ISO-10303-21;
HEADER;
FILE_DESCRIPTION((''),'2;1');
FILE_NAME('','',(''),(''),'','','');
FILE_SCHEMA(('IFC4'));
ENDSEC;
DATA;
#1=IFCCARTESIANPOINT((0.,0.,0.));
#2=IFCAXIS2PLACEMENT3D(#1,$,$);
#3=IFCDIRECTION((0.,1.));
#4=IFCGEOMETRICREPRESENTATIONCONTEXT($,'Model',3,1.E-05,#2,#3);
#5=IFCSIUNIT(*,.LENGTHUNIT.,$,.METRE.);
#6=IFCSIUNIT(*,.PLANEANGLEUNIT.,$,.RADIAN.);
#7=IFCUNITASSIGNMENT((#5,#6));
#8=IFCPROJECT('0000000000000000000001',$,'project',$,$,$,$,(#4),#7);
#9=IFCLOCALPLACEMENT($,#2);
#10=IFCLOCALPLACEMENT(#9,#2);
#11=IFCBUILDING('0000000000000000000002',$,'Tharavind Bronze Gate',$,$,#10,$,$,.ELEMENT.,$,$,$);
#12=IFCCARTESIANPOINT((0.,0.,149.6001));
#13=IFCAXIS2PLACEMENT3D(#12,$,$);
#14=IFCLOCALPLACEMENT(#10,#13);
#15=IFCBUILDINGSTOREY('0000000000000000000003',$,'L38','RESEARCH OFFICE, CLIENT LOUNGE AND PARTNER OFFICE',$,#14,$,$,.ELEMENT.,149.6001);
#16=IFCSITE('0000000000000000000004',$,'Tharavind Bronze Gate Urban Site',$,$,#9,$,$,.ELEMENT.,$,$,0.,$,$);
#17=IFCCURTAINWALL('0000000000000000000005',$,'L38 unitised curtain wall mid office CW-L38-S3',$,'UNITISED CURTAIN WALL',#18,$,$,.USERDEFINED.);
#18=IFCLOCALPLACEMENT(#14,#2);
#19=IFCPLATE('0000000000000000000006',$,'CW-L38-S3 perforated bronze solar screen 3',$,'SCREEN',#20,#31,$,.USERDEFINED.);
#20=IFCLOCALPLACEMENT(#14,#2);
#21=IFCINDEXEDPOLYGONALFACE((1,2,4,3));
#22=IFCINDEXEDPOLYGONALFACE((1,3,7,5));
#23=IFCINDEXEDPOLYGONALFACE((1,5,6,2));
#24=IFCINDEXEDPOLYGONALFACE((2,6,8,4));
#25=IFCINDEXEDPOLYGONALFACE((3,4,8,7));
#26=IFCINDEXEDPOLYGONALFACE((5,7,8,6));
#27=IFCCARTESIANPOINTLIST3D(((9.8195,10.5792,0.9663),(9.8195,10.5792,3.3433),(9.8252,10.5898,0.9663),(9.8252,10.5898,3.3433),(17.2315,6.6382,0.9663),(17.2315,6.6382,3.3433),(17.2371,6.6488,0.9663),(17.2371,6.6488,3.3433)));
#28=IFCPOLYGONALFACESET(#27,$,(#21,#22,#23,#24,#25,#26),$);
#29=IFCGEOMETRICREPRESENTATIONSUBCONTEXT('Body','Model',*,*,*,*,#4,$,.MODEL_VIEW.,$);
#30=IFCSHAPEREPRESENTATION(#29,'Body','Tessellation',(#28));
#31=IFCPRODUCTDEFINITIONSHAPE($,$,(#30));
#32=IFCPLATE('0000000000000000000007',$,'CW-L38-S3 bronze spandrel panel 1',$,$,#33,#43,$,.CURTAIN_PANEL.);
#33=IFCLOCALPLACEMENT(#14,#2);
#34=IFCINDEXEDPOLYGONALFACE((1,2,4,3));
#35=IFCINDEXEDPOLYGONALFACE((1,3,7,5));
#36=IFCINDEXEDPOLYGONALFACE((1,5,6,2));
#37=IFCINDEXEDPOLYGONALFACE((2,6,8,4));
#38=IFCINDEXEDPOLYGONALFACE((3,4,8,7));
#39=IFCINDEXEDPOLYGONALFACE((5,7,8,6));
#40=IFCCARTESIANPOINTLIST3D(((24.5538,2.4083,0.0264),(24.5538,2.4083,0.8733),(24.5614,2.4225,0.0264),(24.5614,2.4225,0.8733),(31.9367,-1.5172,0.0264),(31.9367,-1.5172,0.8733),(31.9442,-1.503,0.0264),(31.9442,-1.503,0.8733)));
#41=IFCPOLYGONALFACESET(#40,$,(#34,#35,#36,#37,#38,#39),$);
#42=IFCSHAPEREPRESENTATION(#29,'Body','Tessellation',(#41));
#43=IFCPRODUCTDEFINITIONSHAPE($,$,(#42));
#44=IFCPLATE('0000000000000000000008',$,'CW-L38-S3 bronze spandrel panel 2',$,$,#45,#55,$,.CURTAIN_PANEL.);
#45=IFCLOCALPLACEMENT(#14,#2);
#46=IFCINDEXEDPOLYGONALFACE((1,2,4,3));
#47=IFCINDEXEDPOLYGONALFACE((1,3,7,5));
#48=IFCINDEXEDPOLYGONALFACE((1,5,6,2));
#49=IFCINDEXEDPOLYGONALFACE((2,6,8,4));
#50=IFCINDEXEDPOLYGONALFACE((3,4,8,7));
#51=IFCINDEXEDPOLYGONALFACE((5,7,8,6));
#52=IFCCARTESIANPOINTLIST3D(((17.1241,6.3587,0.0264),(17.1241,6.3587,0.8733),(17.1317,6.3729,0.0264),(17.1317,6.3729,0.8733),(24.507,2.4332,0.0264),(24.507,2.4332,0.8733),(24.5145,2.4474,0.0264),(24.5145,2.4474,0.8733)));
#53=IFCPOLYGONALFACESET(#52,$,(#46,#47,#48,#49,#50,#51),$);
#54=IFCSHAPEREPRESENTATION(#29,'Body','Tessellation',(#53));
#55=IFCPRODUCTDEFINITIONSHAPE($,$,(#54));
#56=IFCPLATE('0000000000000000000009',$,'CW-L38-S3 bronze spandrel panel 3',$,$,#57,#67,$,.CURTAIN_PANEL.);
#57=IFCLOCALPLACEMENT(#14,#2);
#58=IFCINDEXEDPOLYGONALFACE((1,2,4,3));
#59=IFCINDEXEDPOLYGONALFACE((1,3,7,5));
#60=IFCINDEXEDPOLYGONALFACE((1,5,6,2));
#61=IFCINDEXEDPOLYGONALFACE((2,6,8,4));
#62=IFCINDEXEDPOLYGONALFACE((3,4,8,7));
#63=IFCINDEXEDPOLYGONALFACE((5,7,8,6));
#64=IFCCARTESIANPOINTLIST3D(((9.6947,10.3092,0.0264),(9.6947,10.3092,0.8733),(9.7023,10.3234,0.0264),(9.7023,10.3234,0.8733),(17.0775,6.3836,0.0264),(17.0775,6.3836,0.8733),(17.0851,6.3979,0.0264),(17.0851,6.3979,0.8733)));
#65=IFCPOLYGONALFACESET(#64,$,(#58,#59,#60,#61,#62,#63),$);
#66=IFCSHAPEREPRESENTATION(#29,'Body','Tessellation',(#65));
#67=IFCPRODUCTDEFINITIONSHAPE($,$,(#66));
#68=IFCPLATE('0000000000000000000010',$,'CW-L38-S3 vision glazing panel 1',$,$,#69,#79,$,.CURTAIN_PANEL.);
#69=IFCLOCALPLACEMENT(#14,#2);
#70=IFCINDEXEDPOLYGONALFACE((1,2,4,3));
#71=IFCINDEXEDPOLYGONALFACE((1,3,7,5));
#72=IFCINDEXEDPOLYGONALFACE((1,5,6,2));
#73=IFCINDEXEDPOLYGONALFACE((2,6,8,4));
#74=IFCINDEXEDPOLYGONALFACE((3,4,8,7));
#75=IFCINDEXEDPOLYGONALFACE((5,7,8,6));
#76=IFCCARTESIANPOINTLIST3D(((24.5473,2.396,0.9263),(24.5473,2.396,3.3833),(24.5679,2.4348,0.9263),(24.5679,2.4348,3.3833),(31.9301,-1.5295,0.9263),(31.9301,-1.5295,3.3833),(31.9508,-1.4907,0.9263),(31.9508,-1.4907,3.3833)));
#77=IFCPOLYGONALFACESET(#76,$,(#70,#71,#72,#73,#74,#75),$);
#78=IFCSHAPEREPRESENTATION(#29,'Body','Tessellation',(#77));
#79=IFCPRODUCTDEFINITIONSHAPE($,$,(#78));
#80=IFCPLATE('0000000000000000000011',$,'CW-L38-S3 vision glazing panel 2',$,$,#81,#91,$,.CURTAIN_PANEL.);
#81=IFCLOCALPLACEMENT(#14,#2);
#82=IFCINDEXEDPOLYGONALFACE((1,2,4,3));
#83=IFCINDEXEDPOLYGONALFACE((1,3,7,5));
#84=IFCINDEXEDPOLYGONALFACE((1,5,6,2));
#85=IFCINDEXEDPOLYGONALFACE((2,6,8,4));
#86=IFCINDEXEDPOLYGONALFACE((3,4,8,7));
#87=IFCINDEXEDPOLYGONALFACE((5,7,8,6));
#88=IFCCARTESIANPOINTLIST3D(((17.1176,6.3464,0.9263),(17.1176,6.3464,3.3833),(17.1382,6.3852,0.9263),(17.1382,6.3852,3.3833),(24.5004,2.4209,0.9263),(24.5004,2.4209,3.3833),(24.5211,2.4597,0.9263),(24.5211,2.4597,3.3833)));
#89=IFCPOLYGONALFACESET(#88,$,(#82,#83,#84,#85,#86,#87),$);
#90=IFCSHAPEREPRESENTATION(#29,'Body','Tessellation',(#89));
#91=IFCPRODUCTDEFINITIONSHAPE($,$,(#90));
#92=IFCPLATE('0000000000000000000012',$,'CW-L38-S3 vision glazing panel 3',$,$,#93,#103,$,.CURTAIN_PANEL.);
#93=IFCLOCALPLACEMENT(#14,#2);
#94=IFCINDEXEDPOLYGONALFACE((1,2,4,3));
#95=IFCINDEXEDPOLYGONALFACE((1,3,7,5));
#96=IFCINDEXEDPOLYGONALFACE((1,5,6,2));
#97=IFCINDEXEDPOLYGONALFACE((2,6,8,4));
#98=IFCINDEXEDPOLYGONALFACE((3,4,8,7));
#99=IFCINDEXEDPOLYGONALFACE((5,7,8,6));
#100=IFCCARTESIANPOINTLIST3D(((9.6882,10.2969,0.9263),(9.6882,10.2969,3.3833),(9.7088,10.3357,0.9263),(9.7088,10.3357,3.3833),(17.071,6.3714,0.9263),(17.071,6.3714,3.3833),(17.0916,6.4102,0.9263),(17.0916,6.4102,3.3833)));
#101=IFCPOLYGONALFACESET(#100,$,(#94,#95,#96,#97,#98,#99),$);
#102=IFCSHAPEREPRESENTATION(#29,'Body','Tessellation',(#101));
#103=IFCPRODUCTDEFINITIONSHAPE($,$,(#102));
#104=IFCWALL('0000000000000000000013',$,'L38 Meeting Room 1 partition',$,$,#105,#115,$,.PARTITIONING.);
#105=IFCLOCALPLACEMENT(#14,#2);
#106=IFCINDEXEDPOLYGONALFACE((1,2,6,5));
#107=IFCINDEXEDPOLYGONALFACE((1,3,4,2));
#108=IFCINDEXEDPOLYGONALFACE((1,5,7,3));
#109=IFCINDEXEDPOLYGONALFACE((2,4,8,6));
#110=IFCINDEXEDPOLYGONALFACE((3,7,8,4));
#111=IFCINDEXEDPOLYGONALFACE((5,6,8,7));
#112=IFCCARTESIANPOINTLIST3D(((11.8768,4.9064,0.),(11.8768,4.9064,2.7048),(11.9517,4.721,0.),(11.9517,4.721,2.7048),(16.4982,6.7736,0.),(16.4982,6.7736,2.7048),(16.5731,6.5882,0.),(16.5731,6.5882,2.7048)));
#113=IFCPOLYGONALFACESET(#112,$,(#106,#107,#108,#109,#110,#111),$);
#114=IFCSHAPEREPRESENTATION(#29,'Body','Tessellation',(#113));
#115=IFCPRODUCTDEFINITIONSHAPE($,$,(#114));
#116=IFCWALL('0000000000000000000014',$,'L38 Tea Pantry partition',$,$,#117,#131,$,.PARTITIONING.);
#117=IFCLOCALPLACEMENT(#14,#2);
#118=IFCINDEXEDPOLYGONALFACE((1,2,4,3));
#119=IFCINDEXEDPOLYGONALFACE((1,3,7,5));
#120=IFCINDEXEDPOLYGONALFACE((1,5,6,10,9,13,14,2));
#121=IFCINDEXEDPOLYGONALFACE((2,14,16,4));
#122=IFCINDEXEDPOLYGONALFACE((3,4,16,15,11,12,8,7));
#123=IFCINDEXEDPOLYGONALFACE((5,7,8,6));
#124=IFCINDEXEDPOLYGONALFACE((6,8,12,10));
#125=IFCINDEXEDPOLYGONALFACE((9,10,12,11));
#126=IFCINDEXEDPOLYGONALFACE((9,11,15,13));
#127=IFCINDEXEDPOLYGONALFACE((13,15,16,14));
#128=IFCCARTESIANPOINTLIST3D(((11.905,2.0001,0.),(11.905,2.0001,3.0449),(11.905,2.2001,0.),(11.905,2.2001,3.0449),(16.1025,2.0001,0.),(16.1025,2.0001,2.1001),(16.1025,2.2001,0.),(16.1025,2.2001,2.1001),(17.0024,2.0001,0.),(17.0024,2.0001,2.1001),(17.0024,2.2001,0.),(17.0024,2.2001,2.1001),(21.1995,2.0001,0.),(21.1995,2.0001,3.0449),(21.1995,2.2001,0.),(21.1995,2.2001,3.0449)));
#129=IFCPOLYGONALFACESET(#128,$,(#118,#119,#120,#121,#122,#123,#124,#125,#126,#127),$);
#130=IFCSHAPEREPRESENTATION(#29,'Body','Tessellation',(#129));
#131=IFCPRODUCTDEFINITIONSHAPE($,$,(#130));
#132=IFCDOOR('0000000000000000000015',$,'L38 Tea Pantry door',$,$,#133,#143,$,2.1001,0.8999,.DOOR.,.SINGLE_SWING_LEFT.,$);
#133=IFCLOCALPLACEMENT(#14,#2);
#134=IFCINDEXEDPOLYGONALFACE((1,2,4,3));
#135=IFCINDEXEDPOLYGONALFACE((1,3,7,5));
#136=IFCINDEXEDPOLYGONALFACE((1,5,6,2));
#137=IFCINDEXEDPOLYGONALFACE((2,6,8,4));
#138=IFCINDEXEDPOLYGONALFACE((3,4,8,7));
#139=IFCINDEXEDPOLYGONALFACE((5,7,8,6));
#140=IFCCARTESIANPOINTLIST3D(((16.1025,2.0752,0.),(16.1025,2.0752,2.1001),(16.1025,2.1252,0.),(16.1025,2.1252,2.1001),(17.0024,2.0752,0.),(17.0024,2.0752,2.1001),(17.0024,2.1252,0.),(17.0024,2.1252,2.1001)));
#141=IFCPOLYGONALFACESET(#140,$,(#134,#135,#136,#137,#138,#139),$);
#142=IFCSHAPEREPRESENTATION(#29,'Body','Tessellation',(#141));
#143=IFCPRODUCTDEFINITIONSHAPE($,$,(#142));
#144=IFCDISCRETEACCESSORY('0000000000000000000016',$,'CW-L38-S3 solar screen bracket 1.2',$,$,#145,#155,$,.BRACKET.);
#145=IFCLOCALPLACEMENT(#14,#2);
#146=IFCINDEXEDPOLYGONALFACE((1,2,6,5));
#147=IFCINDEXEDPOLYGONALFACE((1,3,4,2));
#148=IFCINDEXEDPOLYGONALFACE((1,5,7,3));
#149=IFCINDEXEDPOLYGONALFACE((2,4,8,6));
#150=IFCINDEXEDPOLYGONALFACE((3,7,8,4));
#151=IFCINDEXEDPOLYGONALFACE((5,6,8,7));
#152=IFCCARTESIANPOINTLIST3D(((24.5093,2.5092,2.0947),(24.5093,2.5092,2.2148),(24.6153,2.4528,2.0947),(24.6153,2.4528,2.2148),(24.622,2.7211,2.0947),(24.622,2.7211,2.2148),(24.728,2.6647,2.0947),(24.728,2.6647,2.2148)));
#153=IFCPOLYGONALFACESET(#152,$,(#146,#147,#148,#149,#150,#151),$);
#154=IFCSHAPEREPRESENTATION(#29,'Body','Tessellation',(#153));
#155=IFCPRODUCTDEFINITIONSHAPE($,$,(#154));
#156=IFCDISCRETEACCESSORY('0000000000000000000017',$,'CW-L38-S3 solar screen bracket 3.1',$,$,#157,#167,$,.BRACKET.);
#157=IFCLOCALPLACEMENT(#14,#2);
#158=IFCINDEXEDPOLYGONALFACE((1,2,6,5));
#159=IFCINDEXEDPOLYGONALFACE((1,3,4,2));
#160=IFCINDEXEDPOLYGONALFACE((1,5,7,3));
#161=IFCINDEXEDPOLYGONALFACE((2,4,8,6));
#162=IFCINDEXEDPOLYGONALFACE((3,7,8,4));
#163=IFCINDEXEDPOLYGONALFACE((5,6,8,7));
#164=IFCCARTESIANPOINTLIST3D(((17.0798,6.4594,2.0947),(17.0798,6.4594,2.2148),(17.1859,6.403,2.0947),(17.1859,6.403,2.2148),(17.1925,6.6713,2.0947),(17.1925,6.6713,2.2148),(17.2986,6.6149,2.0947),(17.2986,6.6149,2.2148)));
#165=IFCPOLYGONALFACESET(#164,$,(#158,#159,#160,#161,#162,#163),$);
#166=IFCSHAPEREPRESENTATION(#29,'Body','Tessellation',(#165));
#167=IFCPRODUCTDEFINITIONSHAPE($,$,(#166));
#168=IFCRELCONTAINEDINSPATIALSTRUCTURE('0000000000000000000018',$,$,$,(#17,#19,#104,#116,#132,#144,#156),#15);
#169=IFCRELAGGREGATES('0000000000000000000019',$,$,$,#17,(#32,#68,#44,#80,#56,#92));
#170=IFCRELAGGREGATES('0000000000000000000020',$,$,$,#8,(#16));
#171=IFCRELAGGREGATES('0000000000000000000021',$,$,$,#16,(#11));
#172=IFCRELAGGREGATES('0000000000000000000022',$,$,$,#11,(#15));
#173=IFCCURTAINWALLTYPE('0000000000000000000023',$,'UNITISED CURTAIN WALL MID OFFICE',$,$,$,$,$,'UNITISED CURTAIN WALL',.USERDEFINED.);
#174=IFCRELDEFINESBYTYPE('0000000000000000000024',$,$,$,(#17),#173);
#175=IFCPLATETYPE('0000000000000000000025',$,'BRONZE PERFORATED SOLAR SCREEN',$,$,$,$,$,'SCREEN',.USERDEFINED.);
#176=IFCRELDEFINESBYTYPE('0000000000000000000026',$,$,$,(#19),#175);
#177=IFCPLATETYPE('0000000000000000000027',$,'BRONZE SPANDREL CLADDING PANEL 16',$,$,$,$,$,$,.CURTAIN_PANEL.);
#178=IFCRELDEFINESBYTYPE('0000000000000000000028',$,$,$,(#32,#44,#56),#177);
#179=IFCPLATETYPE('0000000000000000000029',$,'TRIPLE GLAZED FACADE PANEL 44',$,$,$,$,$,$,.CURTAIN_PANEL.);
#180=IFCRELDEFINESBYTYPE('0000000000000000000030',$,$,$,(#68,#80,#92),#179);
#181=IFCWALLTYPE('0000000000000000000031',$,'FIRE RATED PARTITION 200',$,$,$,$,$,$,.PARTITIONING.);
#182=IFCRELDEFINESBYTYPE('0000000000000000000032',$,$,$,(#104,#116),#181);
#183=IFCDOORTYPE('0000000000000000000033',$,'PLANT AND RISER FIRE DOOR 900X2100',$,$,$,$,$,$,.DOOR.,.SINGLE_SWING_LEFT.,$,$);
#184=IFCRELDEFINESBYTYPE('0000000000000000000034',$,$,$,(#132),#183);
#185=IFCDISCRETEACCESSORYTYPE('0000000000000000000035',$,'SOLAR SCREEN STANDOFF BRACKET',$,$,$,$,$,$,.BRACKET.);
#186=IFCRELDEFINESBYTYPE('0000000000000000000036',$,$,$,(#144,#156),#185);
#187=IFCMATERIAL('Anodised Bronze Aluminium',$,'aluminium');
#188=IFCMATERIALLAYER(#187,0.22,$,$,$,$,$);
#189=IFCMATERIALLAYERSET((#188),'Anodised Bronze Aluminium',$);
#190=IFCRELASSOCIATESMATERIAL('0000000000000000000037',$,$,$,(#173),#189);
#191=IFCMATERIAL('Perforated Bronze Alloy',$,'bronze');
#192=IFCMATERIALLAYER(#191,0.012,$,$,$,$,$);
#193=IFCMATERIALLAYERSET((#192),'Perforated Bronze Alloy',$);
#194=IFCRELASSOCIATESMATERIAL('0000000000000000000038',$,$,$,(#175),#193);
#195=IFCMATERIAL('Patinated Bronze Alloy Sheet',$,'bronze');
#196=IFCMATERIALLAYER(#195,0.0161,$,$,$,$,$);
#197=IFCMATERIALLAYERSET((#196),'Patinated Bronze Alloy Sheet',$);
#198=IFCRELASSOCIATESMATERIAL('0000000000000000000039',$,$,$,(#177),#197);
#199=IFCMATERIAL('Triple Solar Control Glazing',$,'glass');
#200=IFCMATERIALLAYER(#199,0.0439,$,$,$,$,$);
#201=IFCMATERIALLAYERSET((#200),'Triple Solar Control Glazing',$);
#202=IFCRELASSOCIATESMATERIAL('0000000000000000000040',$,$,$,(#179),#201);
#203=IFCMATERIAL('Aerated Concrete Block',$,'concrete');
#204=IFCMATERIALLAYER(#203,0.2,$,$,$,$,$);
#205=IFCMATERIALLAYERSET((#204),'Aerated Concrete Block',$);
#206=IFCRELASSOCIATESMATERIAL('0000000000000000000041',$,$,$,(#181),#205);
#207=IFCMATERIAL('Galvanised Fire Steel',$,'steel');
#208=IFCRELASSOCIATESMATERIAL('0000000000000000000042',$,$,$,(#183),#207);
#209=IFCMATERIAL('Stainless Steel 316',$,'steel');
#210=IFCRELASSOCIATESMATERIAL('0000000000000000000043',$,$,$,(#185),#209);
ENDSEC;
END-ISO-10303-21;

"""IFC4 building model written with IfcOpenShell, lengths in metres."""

from ifc_helpers import new_model, si_unit, direction, frame, frame_2d, origin, origin_2d, place, context, subcontext, project, spatial, rectangle, extrude, material, layer, layer_set, type_object, element, fill, aggregate, save


model = new_model("IFC4")

# Units and contexts
model_context = context("Model", 3, precision=1e-05, world=origin(), true_north=direction((0.0, 1.0)))
body_context = subcontext(model_context, "Body", "Model", "MODEL_VIEW")
ifc_project = project(units=[si_unit("LENGTHUNIT", "METRE"), si_unit("PLANEANGLEUNIT", "RADIAN")], contexts=[model_context])

# Site, building, storey
site_placement = place(None, origin())
site = spatial("IfcSite", under=ifc_project, at=site_placement, Name="Tharavind Bronze Gate Urban Site", CompositionType="ELEMENT", RefElevation=0.0)
building_placement = place(site_placement, origin())
building = spatial("IfcBuilding", under=site, at=building_placement, Name="Tharavind Bronze Gate", CompositionType="ELEMENT")
storey_placement = place(building_placement, frame((0.0, 0.0, 149.6001)))
storey = spatial("IfcBuildingStorey", under=building, at=storey_placement, Name="L38", Description="RESEARCH OFFICE, CLIENT LOUNGE AND PARTNER OFFICE", CompositionType="ELEMENT", Elevation=149.6001)

# Curtain wall
ifc_material_1 = material(Name="Anodised Bronze Aluminium", Category="aluminium")
ifc_layer_1 = layer(ifc_material_1, 0.22)
ifc_layer_set_1 = layer_set([ifc_layer_1], Name="Anodised Bronze Aluminium")
curtain_wall_type = type_object("IfcCurtainWallType", Name="UNITISED CURTAIN WALL MID OFFICE", ElementType="UNITISED CURTAIN WALL", PredefinedType="USERDEFINED", material=ifc_layer_set_1)
curtain_wall_placement = place(storey_placement, origin())
curtain_wall = element("IfcCurtainWall", 1, at=curtain_wall_placement, inside=storey, type_object=curtain_wall_type, Name="L38 unitised curtain wall mid office CW-L38-S3", ObjectType="UNITISED CURTAIN WALL", PredefinedType="USERDEFINED")

# Plate
ifc_material_2 = material(Name="Perforated Bronze Alloy", Category="bronze")
ifc_layer_2 = layer(ifc_material_2, 0.012)
ifc_layer_set_2 = layer_set([ifc_layer_2], Name="Perforated Bronze Alloy")
plate_type_1 = type_object("IfcPlateType", Name="BRONZE PERFORATED SOLAR SCREEN", ElementType="SCREEN", PredefinedType="USERDEFINED", material=ifc_layer_set_2)
for number, where, z_axis, x_axis, name in (
    (2, (13.5283, 8.614, 0.9663), (0.0, 0.0, 1.0), (-0.882948, 0.469472, 0.0), "CW-L38-S3 perforated bronze solar screen 3"),
):
    element("IfcPlate", number, at=place(storey_placement, frame(where, z_axis=z_axis, x_axis=x_axis)), inside=storey, type_object=plate_type_1, Name=name, ObjectType="SCREEN", PredefinedType="USERDEFINED", context=body_context, shape_type="SweptSolid", body=[
        extrude(rectangle(XDim=8.3945, YDim=0.012, at=origin_2d()), origin(), (0.0, 0.0, 1.0), 2.377),
    ])

# Plates
ifc_material_3 = material(Name="Patinated Bronze Alloy Sheet", Category="bronze")
ifc_layer_3 = layer(ifc_material_3, 0.0161)
ifc_layer_set_3 = layer_set([ifc_layer_3], Name="Patinated Bronze Alloy Sheet")
plate_type_2 = type_object("IfcPlateType", Name="BRONZE SPANDREL CLADDING PANEL 16", PredefinedType="CURTAIN_PANEL", material=ifc_layer_set_3)
plate_1_placement = place(storey_placement, frame((28.249, 0.4526, 0.0264), z_axis=(0.0, 0.0, 1.0), x_axis=(-0.882948, 0.469472, 0.0)))
plate_1 = element("IfcPlate", 3, at=plate_1_placement, type_object=plate_type_2, Name="CW-L38-S3 bronze spandrel panel 1", PredefinedType="CURTAIN_PANEL", context=body_context, shape_type="SweptSolid", body=[
    extrude(rectangle(XDim=8.3616, YDim=0.0161, at=origin_2d()), origin(), (0.0, 0.0, 1.0), 0.8469),
])
plate_2_placement = place(storey_placement, frame((20.8193, 4.4031, 0.0264), z_axis=(0.0, 0.0, 1.0), x_axis=(-0.882948, 0.469472, 0.0)))
plate_2 = element("IfcPlate", 4, at=plate_2_placement, type_object=plate_type_2, Name="CW-L38-S3 bronze spandrel panel 2", PredefinedType="CURTAIN_PANEL", context=body_context, shape_type="SweptSolid", body=[
    extrude(rectangle(XDim=8.3616, YDim=0.0161, at=origin_2d()), origin(), (0.0, 0.0, 1.0), 0.8469),
])
plate_3_placement = place(storey_placement, frame((13.3899, 8.3535, 0.0264), z_axis=(0.0, 0.0, 1.0), x_axis=(-0.882948, 0.469472, 0.0)))
plate_3 = element("IfcPlate", 5, at=plate_3_placement, type_object=plate_type_2, Name="CW-L38-S3 bronze spandrel panel 3", PredefinedType="CURTAIN_PANEL", context=body_context, shape_type="SweptSolid", body=[
    extrude(rectangle(XDim=8.3616, YDim=0.0161, at=origin_2d()), origin(), (0.0, 0.0, 1.0), 0.8469),
])
ifc_material_4 = material(Name="Triple Solar Control Glazing", Category="glass")
ifc_layer_4 = layer(ifc_material_4, 0.0439)
ifc_layer_set_4 = layer_set([ifc_layer_4], Name="Triple Solar Control Glazing")
plate_type_3 = type_object("IfcPlateType", Name="TRIPLE GLAZED FACADE PANEL 44", PredefinedType="CURTAIN_PANEL", material=ifc_layer_set_4)
plate_4_placement = place(storey_placement, frame((28.249, 0.4526, 0.9263), z_axis=(0.0, 0.0, 1.0), x_axis=(-0.882948, 0.469472, 0.0)))
plate_4 = element("IfcPlate", 6, at=plate_4_placement, type_object=plate_type_3, Name="CW-L38-S3 vision glazing panel 1", PredefinedType="CURTAIN_PANEL", context=body_context, shape_type="SweptSolid", body=[
    extrude(rectangle(XDim=8.3616, YDim=0.0439, at=origin_2d()), origin(), (0.0, 0.0, 1.0), 2.457),
])
plate_5_placement = place(storey_placement, frame((20.8193, 4.4031, 0.9263), z_axis=(0.0, 0.0, 1.0), x_axis=(-0.882948, 0.469472, 0.0)))
plate_5 = element("IfcPlate", 7, at=plate_5_placement, type_object=plate_type_3, Name="CW-L38-S3 vision glazing panel 2", PredefinedType="CURTAIN_PANEL", context=body_context, shape_type="SweptSolid", body=[
    extrude(rectangle(XDim=8.3616, YDim=0.0439, at=origin_2d()), origin(), (0.0, 0.0, 1.0), 2.457),
])
plate_6_placement = place(storey_placement, frame((13.3899, 8.3535, 0.9263), z_axis=(0.0, 0.0, 1.0), x_axis=(-0.882948, 0.469472, 0.0)))
plate_6 = element("IfcPlate", 8, at=plate_6_placement, type_object=plate_type_3, Name="CW-L38-S3 vision glazing panel 3", PredefinedType="CURTAIN_PANEL", context=body_context, shape_type="SweptSolid", body=[
    extrude(rectangle(XDim=8.3616, YDim=0.0439, at=origin_2d()), origin(), (0.0, 0.0, 1.0), 2.457),
])
aggregate(curtain_wall, [plate_1, plate_4, plate_2, plate_5, plate_3, plate_6])

# Wall
ifc_material_5 = material(Name="Aerated Concrete Block", Category="concrete")
ifc_layer_5 = layer(ifc_material_5, 0.2)
ifc_layer_set_5 = layer_set([ifc_layer_5], Name="Aerated Concrete Block")
wall_type = type_object("IfcWallType", Name="FIRE RATED PARTITION 200", PredefinedType="PARTITIONING", material=ifc_layer_set_5)
wall_1_placement = place(storey_placement, frame((16.5356, 6.6809, 0.0), z_axis=(0.0, 0.0, 1.0), x_axis=(-0.927181, -0.374614, 0.0)))
element("IfcWall", 9, at=wall_1_placement, inside=storey, type_object=wall_type, Name="L38 Meeting Room 1 partition", PredefinedType="PARTITIONING", context=body_context, shape_type="SweptSolid", body=[
    extrude(rectangle(XDim=4.9844, YDim=0.2, at=frame_2d((2.4922, 0.0))), origin(), (0.0, 0.0, 1.0), 2.7048),
])

# Wall, opening, door
wall_2_placement = place(storey_placement, frame((21.1995, 2.1001, 0.0), z_axis=(0.0, 0.0, 1.0), x_axis=(-1.0, 0.0, 0.0)))
wall_2 = element("IfcWall", 10, at=wall_2_placement, inside=storey, type_object=wall_type, Name="L38 Tea Pantry partition", PredefinedType="PARTITIONING", context=body_context, shape_type="SweptSolid", body=[
    extrude(rectangle(XDim=9.2944, YDim=0.2, at=frame_2d((4.6472, 0.0))), origin(), (0.0, 0.0, 1.0), 3.0449),
])
opening_placement = place(wall_2_placement, frame((4.197, 0.0, 0.0)))
opening = element("IfcOpeningElement", 11, at=opening_placement, cuts=wall_2, PredefinedType="OPENING", context=body_context, shape_type="SweptSolid", body=[
    extrude(rectangle(XDim=0.8999, YDim=2.1001, at=frame_2d((0.45, 1.05))), frame((0.0, 0.1101, 0.0), z_axis=(0.0, -1.0, 0.0), x_axis=(1.0, 0.0, 0.0)), (0.0, 0.0, 1.0), 0.22),
])
ifc_material_6 = material(Name="Galvanised Fire Steel", Category="steel")
door_type = type_object("IfcDoorType", Name="PLANT AND RISER FIRE DOOR 900X2100", OperationType="SINGLE_SWING_LEFT", PredefinedType="DOOR", material=ifc_material_6)
door_placement = place(opening_placement, origin())
door = element("IfcDoor", 12, at=door_placement, inside=storey, type_object=door_type, Name="L38 Tea Pantry door", OperationType="SINGLE_SWING_LEFT", OverallHeight=2.1001, OverallWidth=0.8999, PredefinedType="DOOR", context=body_context, shape_type="SweptSolid", body=[
    extrude(rectangle(XDim=0.8999, YDim=2.1001, at=frame_2d((0.45, 1.05))), frame((0.0, 0.0249, 0.0), z_axis=(0.0, -1.0, 0.0), x_axis=(1.0, 0.0, 0.0)), (0.0, 0.0, 1.0), 0.05),
])
fill(opening, door)

# Discrete accessories
ifc_material_7 = material(Name="Stainless Steel 316", Category="steel")
discrete_accessory_type = type_object("IfcDiscreteAccessoryType", Name="SOLAR SCREEN STANDOFF BRACKET", PredefinedType="BRACKET", material=ifc_material_7)
for number, where, z_axis, x_axis, name in (
    (13, (24.6187, 2.5869, 2.0947), (0.0, 0.0, 1.0), (-0.882948, 0.469472, 0.0), "CW-L38-S3 solar screen bracket 1.2"),
    (14, (17.1892, 6.5371, 2.0947), (0.0, 0.0, 1.0), (-0.882948, 0.469472, 0.0), "CW-L38-S3 solar screen bracket 3.1"),
):
    element("IfcDiscreteAccessory", number, at=place(storey_placement, frame(where, z_axis=z_axis, x_axis=x_axis)), inside=storey, type_object=discrete_accessory_type, Name=name, PredefinedType="BRACKET", context=body_context, shape_type="SweptSolid", body=[
        extrude(rectangle(XDim=0.1201, YDim=0.24, at=origin_2d()), origin(), (0.0, 0.0, 1.0), 0.1201),
    ])

save(model, "model.ifc")
